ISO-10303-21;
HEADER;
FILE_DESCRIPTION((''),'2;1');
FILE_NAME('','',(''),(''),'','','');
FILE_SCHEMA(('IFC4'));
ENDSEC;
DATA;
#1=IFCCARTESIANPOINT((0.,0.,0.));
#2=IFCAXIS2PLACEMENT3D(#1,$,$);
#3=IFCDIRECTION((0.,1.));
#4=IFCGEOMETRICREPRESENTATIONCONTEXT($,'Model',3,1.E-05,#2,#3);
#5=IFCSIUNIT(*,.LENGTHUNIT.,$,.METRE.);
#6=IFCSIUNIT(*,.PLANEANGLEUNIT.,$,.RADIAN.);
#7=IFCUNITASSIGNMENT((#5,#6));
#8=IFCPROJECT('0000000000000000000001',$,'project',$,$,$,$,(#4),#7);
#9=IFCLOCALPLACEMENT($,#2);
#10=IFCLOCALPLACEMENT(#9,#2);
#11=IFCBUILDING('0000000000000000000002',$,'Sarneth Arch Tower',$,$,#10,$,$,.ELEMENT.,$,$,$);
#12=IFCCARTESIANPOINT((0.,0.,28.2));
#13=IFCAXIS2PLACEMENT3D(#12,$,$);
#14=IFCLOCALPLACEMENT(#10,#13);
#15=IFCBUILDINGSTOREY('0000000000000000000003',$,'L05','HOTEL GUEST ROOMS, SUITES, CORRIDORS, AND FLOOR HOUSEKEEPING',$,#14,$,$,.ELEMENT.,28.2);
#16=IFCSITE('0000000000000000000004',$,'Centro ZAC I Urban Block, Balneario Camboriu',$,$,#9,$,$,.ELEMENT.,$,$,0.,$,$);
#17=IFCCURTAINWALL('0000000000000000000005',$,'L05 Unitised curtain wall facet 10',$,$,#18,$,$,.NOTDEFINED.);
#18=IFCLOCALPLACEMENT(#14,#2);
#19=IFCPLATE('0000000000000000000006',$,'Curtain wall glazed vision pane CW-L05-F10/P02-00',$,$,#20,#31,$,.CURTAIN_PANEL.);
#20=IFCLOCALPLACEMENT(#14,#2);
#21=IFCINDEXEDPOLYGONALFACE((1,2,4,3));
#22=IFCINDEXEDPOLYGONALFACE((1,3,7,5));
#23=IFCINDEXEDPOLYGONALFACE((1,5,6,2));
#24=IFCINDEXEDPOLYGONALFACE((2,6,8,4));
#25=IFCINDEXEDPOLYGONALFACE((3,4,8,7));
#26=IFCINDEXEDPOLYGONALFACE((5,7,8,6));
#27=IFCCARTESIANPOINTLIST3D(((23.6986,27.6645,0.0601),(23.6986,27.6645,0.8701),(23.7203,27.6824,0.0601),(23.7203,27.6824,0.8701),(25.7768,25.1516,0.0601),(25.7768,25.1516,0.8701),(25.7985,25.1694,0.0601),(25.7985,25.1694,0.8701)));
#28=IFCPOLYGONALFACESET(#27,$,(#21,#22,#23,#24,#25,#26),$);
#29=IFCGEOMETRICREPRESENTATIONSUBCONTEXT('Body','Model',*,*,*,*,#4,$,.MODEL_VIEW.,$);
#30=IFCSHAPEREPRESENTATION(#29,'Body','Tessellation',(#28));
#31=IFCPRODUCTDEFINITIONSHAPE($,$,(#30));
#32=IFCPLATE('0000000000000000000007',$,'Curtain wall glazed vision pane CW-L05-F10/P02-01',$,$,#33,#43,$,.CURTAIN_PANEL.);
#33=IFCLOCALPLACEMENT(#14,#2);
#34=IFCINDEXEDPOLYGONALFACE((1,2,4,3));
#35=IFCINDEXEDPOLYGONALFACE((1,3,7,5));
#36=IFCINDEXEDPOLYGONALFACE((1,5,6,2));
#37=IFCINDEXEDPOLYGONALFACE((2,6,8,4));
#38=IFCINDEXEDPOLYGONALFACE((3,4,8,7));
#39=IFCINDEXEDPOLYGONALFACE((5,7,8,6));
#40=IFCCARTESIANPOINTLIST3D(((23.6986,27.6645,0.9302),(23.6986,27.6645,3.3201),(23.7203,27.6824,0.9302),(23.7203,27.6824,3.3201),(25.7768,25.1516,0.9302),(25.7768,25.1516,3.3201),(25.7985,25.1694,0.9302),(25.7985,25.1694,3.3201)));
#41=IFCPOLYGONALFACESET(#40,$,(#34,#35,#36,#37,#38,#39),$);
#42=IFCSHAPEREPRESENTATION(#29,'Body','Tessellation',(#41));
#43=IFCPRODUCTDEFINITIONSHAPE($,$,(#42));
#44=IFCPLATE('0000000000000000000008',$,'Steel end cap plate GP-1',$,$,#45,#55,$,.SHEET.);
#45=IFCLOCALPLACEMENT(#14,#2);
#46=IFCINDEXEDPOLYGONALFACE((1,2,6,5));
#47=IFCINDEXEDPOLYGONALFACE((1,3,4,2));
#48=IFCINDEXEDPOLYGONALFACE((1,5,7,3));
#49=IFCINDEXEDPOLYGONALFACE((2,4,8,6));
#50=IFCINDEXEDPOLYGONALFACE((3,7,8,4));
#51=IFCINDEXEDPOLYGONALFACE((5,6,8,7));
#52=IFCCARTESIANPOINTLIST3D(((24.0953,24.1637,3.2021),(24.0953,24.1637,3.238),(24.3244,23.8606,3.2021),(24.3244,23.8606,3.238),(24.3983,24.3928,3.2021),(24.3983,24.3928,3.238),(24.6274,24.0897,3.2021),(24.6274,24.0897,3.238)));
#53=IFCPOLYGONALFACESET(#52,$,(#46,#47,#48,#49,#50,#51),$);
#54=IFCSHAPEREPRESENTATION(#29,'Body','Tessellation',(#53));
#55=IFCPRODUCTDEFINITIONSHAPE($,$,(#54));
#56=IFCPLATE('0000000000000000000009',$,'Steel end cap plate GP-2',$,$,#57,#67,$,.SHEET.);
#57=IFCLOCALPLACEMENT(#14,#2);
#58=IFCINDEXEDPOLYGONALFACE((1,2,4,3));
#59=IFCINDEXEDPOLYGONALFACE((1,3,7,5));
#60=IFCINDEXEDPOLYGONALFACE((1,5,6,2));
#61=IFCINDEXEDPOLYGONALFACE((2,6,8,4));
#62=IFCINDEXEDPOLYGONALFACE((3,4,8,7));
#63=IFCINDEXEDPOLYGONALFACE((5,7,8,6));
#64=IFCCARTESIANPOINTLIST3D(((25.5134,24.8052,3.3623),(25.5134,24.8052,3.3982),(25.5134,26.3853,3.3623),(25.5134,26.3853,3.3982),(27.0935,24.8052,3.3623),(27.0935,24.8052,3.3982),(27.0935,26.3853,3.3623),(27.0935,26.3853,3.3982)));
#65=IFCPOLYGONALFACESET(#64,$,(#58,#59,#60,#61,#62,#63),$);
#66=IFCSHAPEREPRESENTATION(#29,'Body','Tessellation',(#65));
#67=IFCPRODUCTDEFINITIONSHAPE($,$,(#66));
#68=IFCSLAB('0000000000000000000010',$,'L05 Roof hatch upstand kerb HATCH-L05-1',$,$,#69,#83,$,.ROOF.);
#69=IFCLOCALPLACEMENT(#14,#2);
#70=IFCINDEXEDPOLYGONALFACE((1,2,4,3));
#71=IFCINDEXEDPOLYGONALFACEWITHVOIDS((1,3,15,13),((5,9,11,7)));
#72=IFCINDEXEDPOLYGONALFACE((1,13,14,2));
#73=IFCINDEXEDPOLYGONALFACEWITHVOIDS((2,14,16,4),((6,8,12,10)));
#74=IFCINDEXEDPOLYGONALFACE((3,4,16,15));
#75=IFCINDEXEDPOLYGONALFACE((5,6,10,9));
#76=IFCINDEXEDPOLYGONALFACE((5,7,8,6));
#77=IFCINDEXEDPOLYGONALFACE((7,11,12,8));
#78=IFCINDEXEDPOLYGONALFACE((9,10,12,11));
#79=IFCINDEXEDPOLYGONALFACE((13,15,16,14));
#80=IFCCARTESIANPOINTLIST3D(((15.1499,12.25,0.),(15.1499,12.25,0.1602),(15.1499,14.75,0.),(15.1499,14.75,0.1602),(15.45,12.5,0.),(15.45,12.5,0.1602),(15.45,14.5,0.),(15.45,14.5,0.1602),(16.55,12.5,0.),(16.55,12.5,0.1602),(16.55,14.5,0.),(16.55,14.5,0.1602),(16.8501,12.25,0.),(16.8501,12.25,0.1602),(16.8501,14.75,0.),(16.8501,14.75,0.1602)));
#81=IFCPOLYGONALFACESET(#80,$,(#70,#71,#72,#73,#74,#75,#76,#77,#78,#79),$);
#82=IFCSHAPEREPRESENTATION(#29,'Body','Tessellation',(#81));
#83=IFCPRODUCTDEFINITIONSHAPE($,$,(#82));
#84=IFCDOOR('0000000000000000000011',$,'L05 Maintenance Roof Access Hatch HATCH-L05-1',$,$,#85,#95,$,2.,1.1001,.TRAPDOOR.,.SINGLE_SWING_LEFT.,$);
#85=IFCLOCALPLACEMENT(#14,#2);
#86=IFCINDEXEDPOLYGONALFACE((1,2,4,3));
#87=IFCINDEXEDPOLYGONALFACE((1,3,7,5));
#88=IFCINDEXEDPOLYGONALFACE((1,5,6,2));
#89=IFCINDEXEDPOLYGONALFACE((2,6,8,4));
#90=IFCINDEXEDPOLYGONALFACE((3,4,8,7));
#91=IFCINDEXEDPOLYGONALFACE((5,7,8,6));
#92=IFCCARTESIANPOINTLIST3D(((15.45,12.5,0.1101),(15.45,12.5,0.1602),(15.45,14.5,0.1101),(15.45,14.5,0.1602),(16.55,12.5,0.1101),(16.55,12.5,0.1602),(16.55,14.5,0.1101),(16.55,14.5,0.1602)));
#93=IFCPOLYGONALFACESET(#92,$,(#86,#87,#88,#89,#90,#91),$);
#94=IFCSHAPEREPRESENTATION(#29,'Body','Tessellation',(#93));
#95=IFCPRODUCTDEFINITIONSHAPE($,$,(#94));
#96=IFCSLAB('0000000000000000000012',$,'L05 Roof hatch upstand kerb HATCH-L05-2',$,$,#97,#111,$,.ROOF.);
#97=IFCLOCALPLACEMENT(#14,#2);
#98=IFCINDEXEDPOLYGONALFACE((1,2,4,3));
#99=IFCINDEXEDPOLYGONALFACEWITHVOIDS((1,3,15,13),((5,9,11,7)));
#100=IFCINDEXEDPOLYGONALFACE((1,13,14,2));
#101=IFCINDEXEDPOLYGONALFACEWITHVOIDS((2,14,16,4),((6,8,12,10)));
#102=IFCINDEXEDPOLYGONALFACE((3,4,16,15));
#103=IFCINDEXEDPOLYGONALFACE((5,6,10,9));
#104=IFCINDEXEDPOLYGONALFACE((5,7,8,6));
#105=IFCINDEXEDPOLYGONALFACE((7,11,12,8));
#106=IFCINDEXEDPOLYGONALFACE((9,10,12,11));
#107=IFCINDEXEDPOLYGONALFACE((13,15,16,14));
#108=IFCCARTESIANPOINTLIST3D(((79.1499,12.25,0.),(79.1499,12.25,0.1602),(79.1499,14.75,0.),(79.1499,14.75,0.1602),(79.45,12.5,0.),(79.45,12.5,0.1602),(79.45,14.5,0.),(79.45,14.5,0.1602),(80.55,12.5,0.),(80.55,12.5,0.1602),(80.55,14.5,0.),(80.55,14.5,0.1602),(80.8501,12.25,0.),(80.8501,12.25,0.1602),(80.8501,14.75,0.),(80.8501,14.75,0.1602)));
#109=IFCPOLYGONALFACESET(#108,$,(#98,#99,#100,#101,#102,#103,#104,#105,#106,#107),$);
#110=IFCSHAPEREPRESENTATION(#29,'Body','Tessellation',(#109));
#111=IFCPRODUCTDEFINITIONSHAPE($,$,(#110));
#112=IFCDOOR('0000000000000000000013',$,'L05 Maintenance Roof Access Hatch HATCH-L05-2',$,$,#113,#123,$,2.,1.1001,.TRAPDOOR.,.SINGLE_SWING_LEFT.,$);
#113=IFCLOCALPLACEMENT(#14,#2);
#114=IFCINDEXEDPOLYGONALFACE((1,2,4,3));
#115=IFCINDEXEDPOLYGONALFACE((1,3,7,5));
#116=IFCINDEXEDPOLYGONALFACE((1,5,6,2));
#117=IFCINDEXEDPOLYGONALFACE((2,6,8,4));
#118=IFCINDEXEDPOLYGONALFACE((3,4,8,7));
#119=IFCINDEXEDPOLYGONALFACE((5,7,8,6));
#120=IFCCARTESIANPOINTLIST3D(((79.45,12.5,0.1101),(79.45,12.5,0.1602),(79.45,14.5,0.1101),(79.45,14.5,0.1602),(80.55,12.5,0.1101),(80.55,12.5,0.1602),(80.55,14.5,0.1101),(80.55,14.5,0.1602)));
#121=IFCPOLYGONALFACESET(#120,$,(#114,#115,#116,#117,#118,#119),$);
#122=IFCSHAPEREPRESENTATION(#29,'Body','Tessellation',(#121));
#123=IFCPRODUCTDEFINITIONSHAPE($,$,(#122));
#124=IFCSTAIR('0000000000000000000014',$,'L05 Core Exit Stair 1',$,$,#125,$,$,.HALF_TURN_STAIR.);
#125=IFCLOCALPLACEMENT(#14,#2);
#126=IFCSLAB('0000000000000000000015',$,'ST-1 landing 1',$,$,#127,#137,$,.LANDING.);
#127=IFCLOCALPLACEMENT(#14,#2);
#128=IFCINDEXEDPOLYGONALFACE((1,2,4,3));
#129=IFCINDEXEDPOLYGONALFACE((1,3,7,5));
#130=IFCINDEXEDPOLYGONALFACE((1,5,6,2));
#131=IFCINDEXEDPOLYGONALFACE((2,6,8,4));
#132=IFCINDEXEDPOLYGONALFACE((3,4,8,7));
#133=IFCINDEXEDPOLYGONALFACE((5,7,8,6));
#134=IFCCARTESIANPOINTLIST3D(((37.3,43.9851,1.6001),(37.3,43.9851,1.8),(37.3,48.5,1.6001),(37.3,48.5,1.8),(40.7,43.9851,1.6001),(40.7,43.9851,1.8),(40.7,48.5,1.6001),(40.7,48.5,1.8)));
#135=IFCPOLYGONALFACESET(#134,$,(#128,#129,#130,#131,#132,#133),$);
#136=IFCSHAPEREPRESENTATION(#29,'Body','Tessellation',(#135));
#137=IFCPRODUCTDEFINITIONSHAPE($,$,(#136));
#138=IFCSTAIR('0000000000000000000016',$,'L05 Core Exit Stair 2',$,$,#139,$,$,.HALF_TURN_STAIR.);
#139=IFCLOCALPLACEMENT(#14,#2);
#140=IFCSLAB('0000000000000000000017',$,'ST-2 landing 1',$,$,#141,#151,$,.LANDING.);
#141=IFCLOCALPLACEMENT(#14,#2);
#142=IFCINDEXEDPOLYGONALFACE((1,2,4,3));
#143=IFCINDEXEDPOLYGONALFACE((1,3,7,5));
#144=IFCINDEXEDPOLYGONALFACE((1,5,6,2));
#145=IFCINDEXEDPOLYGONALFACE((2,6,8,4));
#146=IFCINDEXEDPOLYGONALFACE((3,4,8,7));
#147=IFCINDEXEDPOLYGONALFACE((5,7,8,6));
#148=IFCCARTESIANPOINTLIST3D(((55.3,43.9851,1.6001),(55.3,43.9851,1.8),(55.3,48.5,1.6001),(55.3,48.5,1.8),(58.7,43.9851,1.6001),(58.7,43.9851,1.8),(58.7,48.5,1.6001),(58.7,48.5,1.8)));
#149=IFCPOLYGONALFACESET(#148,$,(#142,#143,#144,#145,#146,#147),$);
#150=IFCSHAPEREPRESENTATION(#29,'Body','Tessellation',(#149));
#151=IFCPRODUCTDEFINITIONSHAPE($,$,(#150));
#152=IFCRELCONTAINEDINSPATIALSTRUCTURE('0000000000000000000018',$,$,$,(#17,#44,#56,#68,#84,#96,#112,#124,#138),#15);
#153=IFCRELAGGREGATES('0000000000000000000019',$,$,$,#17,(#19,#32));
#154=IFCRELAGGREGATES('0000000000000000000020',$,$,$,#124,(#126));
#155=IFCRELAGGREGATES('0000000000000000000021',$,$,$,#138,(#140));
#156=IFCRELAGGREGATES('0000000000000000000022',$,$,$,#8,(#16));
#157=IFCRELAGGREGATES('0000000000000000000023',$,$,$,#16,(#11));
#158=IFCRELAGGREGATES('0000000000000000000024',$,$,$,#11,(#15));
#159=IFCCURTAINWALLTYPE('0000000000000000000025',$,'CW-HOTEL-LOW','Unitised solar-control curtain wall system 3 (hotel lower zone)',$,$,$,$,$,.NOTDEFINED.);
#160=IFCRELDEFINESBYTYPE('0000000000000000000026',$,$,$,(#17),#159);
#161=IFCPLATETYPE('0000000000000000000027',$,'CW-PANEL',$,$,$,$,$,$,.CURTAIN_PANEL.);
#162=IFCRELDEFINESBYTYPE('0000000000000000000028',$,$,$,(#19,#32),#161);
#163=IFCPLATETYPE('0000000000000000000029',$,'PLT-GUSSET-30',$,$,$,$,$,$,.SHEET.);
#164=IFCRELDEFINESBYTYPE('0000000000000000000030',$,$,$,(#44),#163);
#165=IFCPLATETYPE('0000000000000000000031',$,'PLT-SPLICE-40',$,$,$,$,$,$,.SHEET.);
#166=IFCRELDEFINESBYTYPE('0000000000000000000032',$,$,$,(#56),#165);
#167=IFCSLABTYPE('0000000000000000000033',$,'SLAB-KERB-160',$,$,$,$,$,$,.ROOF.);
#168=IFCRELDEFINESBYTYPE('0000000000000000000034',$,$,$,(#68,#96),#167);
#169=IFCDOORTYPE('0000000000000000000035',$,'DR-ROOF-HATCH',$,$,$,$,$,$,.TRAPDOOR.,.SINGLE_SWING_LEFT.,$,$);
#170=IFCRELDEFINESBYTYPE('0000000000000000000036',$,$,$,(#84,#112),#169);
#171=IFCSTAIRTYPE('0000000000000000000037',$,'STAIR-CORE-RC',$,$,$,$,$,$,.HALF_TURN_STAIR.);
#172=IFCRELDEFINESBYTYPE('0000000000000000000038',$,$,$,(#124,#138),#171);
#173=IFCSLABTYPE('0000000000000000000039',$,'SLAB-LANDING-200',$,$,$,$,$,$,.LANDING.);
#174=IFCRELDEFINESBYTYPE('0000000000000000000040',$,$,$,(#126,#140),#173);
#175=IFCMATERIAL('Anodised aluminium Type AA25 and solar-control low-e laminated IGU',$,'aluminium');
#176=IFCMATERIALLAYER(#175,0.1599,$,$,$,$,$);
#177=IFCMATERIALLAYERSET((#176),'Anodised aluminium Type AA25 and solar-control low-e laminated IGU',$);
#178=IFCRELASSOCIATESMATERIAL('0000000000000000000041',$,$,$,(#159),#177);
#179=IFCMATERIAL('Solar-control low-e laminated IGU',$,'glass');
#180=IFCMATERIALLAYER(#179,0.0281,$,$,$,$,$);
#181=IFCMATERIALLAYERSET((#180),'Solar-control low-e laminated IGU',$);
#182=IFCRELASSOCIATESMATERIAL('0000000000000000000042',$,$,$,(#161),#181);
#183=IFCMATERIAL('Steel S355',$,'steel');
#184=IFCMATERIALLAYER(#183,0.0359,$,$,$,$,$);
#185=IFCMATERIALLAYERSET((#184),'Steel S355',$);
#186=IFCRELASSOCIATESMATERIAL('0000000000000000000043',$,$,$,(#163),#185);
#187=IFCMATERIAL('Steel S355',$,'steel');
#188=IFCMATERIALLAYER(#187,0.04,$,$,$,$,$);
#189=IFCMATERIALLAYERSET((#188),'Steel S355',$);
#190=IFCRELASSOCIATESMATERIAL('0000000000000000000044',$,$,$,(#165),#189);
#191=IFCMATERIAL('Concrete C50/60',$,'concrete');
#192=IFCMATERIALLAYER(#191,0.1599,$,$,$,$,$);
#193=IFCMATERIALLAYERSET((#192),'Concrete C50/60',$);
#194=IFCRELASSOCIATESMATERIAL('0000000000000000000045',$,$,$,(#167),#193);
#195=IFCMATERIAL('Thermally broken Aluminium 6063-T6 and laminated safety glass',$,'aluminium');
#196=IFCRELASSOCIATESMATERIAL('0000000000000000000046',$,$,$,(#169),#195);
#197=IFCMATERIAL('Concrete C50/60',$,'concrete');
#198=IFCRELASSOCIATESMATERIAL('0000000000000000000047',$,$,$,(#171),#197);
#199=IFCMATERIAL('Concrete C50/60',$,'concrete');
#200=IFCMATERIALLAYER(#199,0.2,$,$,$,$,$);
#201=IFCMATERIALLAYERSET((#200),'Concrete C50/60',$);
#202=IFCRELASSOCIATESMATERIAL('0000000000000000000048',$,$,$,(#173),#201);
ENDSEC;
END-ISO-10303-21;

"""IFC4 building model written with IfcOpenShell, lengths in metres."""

from ifc_helpers import new_model, si_unit, direction, frame, origin, origin_2d, place, context, subcontext, project, spatial, polyline, rectangle, outline, extrude, material, layer, layer_set, type_object, element, fill, aggregate, save


model = new_model("IFC4")

# Units and contexts
model_context = context("Model", 3, precision=1e-05, world=origin(), true_north=direction((0.0, 1.0)))
body_context = subcontext(model_context, "Body", "Model", "MODEL_VIEW")
ifc_project = project(units=[si_unit("LENGTHUNIT", "METRE"), si_unit("PLANEANGLEUNIT", "RADIAN")], contexts=[model_context])

# Site, building, storey
site_placement = place(None, origin())
site = spatial("IfcSite", under=ifc_project, at=site_placement, Name="Centro ZAC I Urban Block, Balneario Camboriu", CompositionType="ELEMENT", RefElevation=0.0)
building_placement = place(site_placement, origin())
building = spatial("IfcBuilding", under=site, at=building_placement, Name="Sarneth Arch Tower", CompositionType="ELEMENT")
storey_placement = place(building_placement, frame((0.0, 0.0, 28.2)))
storey = spatial("IfcBuildingStorey", under=building, at=storey_placement, Name="L05", Description="HOTEL GUEST ROOMS, SUITES, CORRIDORS, AND FLOOR HOUSEKEEPING", CompositionType="ELEMENT", Elevation=28.2)

# Curtain wall
ifc_material_1 = material(Name="Anodised aluminium Type AA25 and solar-control low-e laminated IGU", Category="aluminium")
ifc_layer_1 = layer(ifc_material_1, 0.1599)
ifc_layer_set_1 = layer_set([ifc_layer_1], Name="Anodised aluminium Type AA25 and solar-control low-e laminated IGU")
curtain_wall_type = type_object("IfcCurtainWallType", Name="CW-HOTEL-LOW", Description="Unitised solar-control curtain wall system 3 (hotel lower zone)", PredefinedType="NOTDEFINED", material=ifc_layer_set_1)
curtain_wall_placement = place(storey_placement, origin())
curtain_wall = element("IfcCurtainWall", 1, at=curtain_wall_placement, inside=storey, type_object=curtain_wall_type, Name="L05 Unitised curtain wall facet 10", PredefinedType="NOTDEFINED")

# Plates
ifc_material_2 = material(Name="Solar-control low-e laminated IGU", Category="glass")
ifc_layer_2 = layer(ifc_material_2, 0.0281)
ifc_layer_set_2 = layer_set([ifc_layer_2], Name="Solar-control low-e laminated IGU")
plate_type_1 = type_object("IfcPlateType", Name="CW-PANEL", PredefinedType="CURTAIN_PANEL", material=ifc_layer_set_2)
plate_1_placement = place(storey_placement, frame((24.7485, 26.417, 0.0601), z_axis=(0.0, 0.0, 1.0), x_axis=(0.637291, -0.770623, 0.0)))
plate_1 = element("IfcPlate", 2, at=plate_1_placement, type_object=plate_type_1, Name="Curtain wall glazed vision pane CW-L05-F10/P02-00", PredefinedType="CURTAIN_PANEL", context=body_context, shape_type="SweptSolid", body=[
    extrude(rectangle(XDim=3.261, YDim=0.0281, at=origin_2d()), origin(), (0.0, 0.0, 1.0), 0.8101),
])
plate_2_placement = place(storey_placement, frame((24.7485, 26.417, 0.9302), z_axis=(0.0, 0.0, 1.0), x_axis=(0.637291, -0.770623, 0.0)))
plate_2 = element("IfcPlate", 3, at=plate_2_placement, type_object=plate_type_1, Name="Curtain wall glazed vision pane CW-L05-F10/P02-01", PredefinedType="CURTAIN_PANEL", context=body_context, shape_type="SweptSolid", body=[
    extrude(rectangle(XDim=3.261, YDim=0.0281, at=origin_2d()), origin(), (0.0, 0.0, 1.0), 2.3899),
])
aggregate(curtain_wall, [plate_1, plate_2])

# Plates
ifc_material_3 = material(Name="Steel S355", Category="steel")
ifc_layer_3 = layer(ifc_material_3, 0.0359)
ifc_layer_set_3 = layer_set([ifc_layer_3], Name="Steel S355")
plate_type_2 = type_object("IfcPlateType", Name="PLT-GUSSET-30", PredefinedType="SHEET", material=ifc_layer_set_3)
plate_3_placement = place(storey_placement, frame((24.3613, 24.1267, 3.2021), z_axis=(0.0, 0.0, 1.0), x_axis=(-0.797689, -0.603069, 0.0)))
element("IfcPlate", 4, at=plate_3_placement, inside=storey, type_object=plate_type_2, Name="Steel end cap plate GP-1", PredefinedType="SHEET", context=body_context, shape_type="SweptSolid", body=[
    extrude(rectangle(XDim=0.3799, YDim=0.3799, at=origin_2d()), origin(), (0.0, 0.0, 1.0), 0.0359),
])
ifc_material_4 = material(Name="Steel S355", Category="steel")
ifc_layer_4 = layer(ifc_material_4, 0.04)
ifc_layer_set_4 = layer_set([ifc_layer_4], Name="Steel S355")
plate_type_3 = type_object("IfcPlateType", Name="PLT-SPLICE-40", PredefinedType="SHEET", material=ifc_layer_set_4)
plate_4_placement = place(storey_placement, frame((26.3035, 25.5952, 3.3623), z_axis=(0.0, 0.0, 1.0), x_axis=(1.0, 0.0, 0.0)))
element("IfcPlate", 5, at=plate_4_placement, inside=storey, type_object=plate_type_3, Name="Steel end cap plate GP-2", PredefinedType="SHEET", context=body_context, shape_type="SweptSolid", body=[
    extrude(rectangle(XDim=1.5801, YDim=1.5801, at=origin_2d()), origin(), (0.0, 0.0, 1.0), 0.0359),
])

# Slabs, openings, doors
ifc_material_5 = material(Name="Concrete C50/60", Category="concrete")
ifc_layer_5 = layer(ifc_material_5, 0.1599)
ifc_layer_set_5 = layer_set([ifc_layer_5], Name="Concrete C50/60")
slab_type_1 = type_object("IfcSlabType", Name="SLAB-KERB-160", PredefinedType="ROOF", material=ifc_layer_set_5)
slab_1_placement = place(storey_placement, origin())
slab_1 = element("IfcSlab", 6, at=slab_1_placement, inside=storey, type_object=slab_type_1, Name="L05 Roof hatch upstand kerb HATCH-L05-1", PredefinedType="ROOF", context=body_context, shape_type="SweptSolid", body=[
    extrude(outline(polyline([(15.1499, 12.25), (16.8501, 12.25), (16.8501, 14.75), (15.1499, 14.75), (15.1499, 12.25)]), holes=[polyline([(15.45, 12.5), (16.55, 12.5), (16.55, 14.5), (15.45, 14.5), (15.45, 12.5)])]), origin(), (0.0, 0.0, 1.0), 0.1602),
])
opening_1_placement = place(slab_1_placement, frame((16.0, 13.5, 0.0)))
opening_1 = element("IfcOpeningElement", 7, at=opening_1_placement, cuts=slab_1, PredefinedType="OPENING", context=body_context, shape_type="SweptSolid", body=[
    extrude(rectangle(XDim=1.1001, YDim=2.0, at=origin_2d()), origin(), (0.0, 0.0, 1.0), 0.1602),
])
ifc_material_6 = material(Name="Thermally broken Aluminium 6063-T6 and laminated safety glass", Category="aluminium")
door_type = type_object("IfcDoorType", Name="DR-ROOF-HATCH", OperationType="SINGLE_SWING_LEFT", PredefinedType="TRAPDOOR", material=ifc_material_6)
door_1_placement = place(opening_1_placement, frame((0.0, 0.0, 0.1101)))
door_1 = element("IfcDoor", 8, at=door_1_placement, inside=storey, type_object=door_type, Name="L05 Maintenance Roof Access Hatch HATCH-L05-1", OperationType="SINGLE_SWING_LEFT", OverallHeight=2.0, OverallWidth=1.1001, PredefinedType="TRAPDOOR", context=body_context, shape_type="SweptSolid", body=[
    extrude(rectangle(XDim=1.1001, YDim=2.0, at=origin_2d()), origin(), (0.0, 0.0, 1.0), 0.05),
])
fill(opening_1, door_1)
slab_2_placement = place(storey_placement, origin())
slab_2 = element("IfcSlab", 9, at=slab_2_placement, inside=storey, type_object=slab_type_1, Name="L05 Roof hatch upstand kerb HATCH-L05-2", PredefinedType="ROOF", context=body_context, shape_type="SweptSolid", body=[
    extrude(outline(polyline([(79.1499, 12.25), (80.8501, 12.25), (80.8501, 14.75), (79.1499, 14.75), (79.1499, 12.25)]), holes=[polyline([(79.45, 12.5), (80.55, 12.5), (80.55, 14.5), (79.45, 14.5), (79.45, 12.5)])]), origin(), (0.0, 0.0, 1.0), 0.1602),
])
opening_2_placement = place(slab_2_placement, frame((80.0, 13.5, 0.0)))
opening_2 = element("IfcOpeningElement", 10, at=opening_2_placement, cuts=slab_2, PredefinedType="OPENING", context=body_context, shape_type="SweptSolid", body=[
    extrude(rectangle(XDim=1.1001, YDim=2.0, at=origin_2d()), origin(), (0.0, 0.0, 1.0), 0.1602),
])
door_2_placement = place(opening_2_placement, frame((0.0, 0.0, 0.1101)))
door_2 = element("IfcDoor", 11, at=door_2_placement, inside=storey, type_object=door_type, Name="L05 Maintenance Roof Access Hatch HATCH-L05-2", OperationType="SINGLE_SWING_LEFT", OverallHeight=2.0, OverallWidth=1.1001, PredefinedType="TRAPDOOR", context=body_context, shape_type="SweptSolid", body=[
    extrude(rectangle(XDim=1.1001, YDim=2.0, at=origin_2d()), origin(), (0.0, 0.0, 1.0), 0.05),
])
fill(opening_2, door_2)

# Stairs, slabs
ifc_material_7 = material(Name="Concrete C50/60", Category="concrete")
stair_type = type_object("IfcStairType", Name="STAIR-CORE-RC", PredefinedType="HALF_TURN_STAIR", material=ifc_material_7)
stair_1_placement = place(storey_placement, origin())
stair_1 = element("IfcStair", 12, at=stair_1_placement, inside=storey, type_object=stair_type, Name="L05 Core Exit Stair 1", PredefinedType="HALF_TURN_STAIR")
ifc_material_8 = material(Name="Concrete C50/60", Category="concrete")
ifc_layer_6 = layer(ifc_material_8, 0.2)
ifc_layer_set_6 = layer_set([ifc_layer_6], Name="Concrete C50/60")
slab_type_2 = type_object("IfcSlabType", Name="SLAB-LANDING-200", PredefinedType="LANDING", material=ifc_layer_set_6)
slab_3_placement = place(storey_placement, frame((0.0, 0.0, 1.6001)))
slab_3 = element("IfcSlab", 13, at=slab_3_placement, type_object=slab_type_2, Name="ST-1 landing 1", PredefinedType="LANDING", context=body_context, shape_type="SweptSolid", body=[
    extrude(outline(polyline([(37.3, 43.9851), (40.7, 43.9851), (40.7, 48.5), (37.3, 48.5), (37.3, 43.9851)])), origin(), (0.0, 0.0, 1.0), 0.2),
])
aggregate(stair_1, [slab_3])
stair_2_placement = place(storey_placement, origin())
stair_2 = element("IfcStair", 14, at=stair_2_placement, inside=storey, type_object=stair_type, Name="L05 Core Exit Stair 2", PredefinedType="HALF_TURN_STAIR")
slab_4_placement = place(storey_placement, frame((0.0, 0.0, 1.6001)))
slab_4 = element("IfcSlab", 15, at=slab_4_placement, type_object=slab_type_2, Name="ST-2 landing 1", PredefinedType="LANDING", context=body_context, shape_type="SweptSolid", body=[
    extrude(outline(polyline([(55.3, 43.9851), (58.7, 43.9851), (58.7, 48.5), (55.3, 48.5), (55.3, 43.9851)])), origin(), (0.0, 0.0, 1.0), 0.2),
])
aggregate(stair_2, [slab_4])

save(model, "model.ifc")
